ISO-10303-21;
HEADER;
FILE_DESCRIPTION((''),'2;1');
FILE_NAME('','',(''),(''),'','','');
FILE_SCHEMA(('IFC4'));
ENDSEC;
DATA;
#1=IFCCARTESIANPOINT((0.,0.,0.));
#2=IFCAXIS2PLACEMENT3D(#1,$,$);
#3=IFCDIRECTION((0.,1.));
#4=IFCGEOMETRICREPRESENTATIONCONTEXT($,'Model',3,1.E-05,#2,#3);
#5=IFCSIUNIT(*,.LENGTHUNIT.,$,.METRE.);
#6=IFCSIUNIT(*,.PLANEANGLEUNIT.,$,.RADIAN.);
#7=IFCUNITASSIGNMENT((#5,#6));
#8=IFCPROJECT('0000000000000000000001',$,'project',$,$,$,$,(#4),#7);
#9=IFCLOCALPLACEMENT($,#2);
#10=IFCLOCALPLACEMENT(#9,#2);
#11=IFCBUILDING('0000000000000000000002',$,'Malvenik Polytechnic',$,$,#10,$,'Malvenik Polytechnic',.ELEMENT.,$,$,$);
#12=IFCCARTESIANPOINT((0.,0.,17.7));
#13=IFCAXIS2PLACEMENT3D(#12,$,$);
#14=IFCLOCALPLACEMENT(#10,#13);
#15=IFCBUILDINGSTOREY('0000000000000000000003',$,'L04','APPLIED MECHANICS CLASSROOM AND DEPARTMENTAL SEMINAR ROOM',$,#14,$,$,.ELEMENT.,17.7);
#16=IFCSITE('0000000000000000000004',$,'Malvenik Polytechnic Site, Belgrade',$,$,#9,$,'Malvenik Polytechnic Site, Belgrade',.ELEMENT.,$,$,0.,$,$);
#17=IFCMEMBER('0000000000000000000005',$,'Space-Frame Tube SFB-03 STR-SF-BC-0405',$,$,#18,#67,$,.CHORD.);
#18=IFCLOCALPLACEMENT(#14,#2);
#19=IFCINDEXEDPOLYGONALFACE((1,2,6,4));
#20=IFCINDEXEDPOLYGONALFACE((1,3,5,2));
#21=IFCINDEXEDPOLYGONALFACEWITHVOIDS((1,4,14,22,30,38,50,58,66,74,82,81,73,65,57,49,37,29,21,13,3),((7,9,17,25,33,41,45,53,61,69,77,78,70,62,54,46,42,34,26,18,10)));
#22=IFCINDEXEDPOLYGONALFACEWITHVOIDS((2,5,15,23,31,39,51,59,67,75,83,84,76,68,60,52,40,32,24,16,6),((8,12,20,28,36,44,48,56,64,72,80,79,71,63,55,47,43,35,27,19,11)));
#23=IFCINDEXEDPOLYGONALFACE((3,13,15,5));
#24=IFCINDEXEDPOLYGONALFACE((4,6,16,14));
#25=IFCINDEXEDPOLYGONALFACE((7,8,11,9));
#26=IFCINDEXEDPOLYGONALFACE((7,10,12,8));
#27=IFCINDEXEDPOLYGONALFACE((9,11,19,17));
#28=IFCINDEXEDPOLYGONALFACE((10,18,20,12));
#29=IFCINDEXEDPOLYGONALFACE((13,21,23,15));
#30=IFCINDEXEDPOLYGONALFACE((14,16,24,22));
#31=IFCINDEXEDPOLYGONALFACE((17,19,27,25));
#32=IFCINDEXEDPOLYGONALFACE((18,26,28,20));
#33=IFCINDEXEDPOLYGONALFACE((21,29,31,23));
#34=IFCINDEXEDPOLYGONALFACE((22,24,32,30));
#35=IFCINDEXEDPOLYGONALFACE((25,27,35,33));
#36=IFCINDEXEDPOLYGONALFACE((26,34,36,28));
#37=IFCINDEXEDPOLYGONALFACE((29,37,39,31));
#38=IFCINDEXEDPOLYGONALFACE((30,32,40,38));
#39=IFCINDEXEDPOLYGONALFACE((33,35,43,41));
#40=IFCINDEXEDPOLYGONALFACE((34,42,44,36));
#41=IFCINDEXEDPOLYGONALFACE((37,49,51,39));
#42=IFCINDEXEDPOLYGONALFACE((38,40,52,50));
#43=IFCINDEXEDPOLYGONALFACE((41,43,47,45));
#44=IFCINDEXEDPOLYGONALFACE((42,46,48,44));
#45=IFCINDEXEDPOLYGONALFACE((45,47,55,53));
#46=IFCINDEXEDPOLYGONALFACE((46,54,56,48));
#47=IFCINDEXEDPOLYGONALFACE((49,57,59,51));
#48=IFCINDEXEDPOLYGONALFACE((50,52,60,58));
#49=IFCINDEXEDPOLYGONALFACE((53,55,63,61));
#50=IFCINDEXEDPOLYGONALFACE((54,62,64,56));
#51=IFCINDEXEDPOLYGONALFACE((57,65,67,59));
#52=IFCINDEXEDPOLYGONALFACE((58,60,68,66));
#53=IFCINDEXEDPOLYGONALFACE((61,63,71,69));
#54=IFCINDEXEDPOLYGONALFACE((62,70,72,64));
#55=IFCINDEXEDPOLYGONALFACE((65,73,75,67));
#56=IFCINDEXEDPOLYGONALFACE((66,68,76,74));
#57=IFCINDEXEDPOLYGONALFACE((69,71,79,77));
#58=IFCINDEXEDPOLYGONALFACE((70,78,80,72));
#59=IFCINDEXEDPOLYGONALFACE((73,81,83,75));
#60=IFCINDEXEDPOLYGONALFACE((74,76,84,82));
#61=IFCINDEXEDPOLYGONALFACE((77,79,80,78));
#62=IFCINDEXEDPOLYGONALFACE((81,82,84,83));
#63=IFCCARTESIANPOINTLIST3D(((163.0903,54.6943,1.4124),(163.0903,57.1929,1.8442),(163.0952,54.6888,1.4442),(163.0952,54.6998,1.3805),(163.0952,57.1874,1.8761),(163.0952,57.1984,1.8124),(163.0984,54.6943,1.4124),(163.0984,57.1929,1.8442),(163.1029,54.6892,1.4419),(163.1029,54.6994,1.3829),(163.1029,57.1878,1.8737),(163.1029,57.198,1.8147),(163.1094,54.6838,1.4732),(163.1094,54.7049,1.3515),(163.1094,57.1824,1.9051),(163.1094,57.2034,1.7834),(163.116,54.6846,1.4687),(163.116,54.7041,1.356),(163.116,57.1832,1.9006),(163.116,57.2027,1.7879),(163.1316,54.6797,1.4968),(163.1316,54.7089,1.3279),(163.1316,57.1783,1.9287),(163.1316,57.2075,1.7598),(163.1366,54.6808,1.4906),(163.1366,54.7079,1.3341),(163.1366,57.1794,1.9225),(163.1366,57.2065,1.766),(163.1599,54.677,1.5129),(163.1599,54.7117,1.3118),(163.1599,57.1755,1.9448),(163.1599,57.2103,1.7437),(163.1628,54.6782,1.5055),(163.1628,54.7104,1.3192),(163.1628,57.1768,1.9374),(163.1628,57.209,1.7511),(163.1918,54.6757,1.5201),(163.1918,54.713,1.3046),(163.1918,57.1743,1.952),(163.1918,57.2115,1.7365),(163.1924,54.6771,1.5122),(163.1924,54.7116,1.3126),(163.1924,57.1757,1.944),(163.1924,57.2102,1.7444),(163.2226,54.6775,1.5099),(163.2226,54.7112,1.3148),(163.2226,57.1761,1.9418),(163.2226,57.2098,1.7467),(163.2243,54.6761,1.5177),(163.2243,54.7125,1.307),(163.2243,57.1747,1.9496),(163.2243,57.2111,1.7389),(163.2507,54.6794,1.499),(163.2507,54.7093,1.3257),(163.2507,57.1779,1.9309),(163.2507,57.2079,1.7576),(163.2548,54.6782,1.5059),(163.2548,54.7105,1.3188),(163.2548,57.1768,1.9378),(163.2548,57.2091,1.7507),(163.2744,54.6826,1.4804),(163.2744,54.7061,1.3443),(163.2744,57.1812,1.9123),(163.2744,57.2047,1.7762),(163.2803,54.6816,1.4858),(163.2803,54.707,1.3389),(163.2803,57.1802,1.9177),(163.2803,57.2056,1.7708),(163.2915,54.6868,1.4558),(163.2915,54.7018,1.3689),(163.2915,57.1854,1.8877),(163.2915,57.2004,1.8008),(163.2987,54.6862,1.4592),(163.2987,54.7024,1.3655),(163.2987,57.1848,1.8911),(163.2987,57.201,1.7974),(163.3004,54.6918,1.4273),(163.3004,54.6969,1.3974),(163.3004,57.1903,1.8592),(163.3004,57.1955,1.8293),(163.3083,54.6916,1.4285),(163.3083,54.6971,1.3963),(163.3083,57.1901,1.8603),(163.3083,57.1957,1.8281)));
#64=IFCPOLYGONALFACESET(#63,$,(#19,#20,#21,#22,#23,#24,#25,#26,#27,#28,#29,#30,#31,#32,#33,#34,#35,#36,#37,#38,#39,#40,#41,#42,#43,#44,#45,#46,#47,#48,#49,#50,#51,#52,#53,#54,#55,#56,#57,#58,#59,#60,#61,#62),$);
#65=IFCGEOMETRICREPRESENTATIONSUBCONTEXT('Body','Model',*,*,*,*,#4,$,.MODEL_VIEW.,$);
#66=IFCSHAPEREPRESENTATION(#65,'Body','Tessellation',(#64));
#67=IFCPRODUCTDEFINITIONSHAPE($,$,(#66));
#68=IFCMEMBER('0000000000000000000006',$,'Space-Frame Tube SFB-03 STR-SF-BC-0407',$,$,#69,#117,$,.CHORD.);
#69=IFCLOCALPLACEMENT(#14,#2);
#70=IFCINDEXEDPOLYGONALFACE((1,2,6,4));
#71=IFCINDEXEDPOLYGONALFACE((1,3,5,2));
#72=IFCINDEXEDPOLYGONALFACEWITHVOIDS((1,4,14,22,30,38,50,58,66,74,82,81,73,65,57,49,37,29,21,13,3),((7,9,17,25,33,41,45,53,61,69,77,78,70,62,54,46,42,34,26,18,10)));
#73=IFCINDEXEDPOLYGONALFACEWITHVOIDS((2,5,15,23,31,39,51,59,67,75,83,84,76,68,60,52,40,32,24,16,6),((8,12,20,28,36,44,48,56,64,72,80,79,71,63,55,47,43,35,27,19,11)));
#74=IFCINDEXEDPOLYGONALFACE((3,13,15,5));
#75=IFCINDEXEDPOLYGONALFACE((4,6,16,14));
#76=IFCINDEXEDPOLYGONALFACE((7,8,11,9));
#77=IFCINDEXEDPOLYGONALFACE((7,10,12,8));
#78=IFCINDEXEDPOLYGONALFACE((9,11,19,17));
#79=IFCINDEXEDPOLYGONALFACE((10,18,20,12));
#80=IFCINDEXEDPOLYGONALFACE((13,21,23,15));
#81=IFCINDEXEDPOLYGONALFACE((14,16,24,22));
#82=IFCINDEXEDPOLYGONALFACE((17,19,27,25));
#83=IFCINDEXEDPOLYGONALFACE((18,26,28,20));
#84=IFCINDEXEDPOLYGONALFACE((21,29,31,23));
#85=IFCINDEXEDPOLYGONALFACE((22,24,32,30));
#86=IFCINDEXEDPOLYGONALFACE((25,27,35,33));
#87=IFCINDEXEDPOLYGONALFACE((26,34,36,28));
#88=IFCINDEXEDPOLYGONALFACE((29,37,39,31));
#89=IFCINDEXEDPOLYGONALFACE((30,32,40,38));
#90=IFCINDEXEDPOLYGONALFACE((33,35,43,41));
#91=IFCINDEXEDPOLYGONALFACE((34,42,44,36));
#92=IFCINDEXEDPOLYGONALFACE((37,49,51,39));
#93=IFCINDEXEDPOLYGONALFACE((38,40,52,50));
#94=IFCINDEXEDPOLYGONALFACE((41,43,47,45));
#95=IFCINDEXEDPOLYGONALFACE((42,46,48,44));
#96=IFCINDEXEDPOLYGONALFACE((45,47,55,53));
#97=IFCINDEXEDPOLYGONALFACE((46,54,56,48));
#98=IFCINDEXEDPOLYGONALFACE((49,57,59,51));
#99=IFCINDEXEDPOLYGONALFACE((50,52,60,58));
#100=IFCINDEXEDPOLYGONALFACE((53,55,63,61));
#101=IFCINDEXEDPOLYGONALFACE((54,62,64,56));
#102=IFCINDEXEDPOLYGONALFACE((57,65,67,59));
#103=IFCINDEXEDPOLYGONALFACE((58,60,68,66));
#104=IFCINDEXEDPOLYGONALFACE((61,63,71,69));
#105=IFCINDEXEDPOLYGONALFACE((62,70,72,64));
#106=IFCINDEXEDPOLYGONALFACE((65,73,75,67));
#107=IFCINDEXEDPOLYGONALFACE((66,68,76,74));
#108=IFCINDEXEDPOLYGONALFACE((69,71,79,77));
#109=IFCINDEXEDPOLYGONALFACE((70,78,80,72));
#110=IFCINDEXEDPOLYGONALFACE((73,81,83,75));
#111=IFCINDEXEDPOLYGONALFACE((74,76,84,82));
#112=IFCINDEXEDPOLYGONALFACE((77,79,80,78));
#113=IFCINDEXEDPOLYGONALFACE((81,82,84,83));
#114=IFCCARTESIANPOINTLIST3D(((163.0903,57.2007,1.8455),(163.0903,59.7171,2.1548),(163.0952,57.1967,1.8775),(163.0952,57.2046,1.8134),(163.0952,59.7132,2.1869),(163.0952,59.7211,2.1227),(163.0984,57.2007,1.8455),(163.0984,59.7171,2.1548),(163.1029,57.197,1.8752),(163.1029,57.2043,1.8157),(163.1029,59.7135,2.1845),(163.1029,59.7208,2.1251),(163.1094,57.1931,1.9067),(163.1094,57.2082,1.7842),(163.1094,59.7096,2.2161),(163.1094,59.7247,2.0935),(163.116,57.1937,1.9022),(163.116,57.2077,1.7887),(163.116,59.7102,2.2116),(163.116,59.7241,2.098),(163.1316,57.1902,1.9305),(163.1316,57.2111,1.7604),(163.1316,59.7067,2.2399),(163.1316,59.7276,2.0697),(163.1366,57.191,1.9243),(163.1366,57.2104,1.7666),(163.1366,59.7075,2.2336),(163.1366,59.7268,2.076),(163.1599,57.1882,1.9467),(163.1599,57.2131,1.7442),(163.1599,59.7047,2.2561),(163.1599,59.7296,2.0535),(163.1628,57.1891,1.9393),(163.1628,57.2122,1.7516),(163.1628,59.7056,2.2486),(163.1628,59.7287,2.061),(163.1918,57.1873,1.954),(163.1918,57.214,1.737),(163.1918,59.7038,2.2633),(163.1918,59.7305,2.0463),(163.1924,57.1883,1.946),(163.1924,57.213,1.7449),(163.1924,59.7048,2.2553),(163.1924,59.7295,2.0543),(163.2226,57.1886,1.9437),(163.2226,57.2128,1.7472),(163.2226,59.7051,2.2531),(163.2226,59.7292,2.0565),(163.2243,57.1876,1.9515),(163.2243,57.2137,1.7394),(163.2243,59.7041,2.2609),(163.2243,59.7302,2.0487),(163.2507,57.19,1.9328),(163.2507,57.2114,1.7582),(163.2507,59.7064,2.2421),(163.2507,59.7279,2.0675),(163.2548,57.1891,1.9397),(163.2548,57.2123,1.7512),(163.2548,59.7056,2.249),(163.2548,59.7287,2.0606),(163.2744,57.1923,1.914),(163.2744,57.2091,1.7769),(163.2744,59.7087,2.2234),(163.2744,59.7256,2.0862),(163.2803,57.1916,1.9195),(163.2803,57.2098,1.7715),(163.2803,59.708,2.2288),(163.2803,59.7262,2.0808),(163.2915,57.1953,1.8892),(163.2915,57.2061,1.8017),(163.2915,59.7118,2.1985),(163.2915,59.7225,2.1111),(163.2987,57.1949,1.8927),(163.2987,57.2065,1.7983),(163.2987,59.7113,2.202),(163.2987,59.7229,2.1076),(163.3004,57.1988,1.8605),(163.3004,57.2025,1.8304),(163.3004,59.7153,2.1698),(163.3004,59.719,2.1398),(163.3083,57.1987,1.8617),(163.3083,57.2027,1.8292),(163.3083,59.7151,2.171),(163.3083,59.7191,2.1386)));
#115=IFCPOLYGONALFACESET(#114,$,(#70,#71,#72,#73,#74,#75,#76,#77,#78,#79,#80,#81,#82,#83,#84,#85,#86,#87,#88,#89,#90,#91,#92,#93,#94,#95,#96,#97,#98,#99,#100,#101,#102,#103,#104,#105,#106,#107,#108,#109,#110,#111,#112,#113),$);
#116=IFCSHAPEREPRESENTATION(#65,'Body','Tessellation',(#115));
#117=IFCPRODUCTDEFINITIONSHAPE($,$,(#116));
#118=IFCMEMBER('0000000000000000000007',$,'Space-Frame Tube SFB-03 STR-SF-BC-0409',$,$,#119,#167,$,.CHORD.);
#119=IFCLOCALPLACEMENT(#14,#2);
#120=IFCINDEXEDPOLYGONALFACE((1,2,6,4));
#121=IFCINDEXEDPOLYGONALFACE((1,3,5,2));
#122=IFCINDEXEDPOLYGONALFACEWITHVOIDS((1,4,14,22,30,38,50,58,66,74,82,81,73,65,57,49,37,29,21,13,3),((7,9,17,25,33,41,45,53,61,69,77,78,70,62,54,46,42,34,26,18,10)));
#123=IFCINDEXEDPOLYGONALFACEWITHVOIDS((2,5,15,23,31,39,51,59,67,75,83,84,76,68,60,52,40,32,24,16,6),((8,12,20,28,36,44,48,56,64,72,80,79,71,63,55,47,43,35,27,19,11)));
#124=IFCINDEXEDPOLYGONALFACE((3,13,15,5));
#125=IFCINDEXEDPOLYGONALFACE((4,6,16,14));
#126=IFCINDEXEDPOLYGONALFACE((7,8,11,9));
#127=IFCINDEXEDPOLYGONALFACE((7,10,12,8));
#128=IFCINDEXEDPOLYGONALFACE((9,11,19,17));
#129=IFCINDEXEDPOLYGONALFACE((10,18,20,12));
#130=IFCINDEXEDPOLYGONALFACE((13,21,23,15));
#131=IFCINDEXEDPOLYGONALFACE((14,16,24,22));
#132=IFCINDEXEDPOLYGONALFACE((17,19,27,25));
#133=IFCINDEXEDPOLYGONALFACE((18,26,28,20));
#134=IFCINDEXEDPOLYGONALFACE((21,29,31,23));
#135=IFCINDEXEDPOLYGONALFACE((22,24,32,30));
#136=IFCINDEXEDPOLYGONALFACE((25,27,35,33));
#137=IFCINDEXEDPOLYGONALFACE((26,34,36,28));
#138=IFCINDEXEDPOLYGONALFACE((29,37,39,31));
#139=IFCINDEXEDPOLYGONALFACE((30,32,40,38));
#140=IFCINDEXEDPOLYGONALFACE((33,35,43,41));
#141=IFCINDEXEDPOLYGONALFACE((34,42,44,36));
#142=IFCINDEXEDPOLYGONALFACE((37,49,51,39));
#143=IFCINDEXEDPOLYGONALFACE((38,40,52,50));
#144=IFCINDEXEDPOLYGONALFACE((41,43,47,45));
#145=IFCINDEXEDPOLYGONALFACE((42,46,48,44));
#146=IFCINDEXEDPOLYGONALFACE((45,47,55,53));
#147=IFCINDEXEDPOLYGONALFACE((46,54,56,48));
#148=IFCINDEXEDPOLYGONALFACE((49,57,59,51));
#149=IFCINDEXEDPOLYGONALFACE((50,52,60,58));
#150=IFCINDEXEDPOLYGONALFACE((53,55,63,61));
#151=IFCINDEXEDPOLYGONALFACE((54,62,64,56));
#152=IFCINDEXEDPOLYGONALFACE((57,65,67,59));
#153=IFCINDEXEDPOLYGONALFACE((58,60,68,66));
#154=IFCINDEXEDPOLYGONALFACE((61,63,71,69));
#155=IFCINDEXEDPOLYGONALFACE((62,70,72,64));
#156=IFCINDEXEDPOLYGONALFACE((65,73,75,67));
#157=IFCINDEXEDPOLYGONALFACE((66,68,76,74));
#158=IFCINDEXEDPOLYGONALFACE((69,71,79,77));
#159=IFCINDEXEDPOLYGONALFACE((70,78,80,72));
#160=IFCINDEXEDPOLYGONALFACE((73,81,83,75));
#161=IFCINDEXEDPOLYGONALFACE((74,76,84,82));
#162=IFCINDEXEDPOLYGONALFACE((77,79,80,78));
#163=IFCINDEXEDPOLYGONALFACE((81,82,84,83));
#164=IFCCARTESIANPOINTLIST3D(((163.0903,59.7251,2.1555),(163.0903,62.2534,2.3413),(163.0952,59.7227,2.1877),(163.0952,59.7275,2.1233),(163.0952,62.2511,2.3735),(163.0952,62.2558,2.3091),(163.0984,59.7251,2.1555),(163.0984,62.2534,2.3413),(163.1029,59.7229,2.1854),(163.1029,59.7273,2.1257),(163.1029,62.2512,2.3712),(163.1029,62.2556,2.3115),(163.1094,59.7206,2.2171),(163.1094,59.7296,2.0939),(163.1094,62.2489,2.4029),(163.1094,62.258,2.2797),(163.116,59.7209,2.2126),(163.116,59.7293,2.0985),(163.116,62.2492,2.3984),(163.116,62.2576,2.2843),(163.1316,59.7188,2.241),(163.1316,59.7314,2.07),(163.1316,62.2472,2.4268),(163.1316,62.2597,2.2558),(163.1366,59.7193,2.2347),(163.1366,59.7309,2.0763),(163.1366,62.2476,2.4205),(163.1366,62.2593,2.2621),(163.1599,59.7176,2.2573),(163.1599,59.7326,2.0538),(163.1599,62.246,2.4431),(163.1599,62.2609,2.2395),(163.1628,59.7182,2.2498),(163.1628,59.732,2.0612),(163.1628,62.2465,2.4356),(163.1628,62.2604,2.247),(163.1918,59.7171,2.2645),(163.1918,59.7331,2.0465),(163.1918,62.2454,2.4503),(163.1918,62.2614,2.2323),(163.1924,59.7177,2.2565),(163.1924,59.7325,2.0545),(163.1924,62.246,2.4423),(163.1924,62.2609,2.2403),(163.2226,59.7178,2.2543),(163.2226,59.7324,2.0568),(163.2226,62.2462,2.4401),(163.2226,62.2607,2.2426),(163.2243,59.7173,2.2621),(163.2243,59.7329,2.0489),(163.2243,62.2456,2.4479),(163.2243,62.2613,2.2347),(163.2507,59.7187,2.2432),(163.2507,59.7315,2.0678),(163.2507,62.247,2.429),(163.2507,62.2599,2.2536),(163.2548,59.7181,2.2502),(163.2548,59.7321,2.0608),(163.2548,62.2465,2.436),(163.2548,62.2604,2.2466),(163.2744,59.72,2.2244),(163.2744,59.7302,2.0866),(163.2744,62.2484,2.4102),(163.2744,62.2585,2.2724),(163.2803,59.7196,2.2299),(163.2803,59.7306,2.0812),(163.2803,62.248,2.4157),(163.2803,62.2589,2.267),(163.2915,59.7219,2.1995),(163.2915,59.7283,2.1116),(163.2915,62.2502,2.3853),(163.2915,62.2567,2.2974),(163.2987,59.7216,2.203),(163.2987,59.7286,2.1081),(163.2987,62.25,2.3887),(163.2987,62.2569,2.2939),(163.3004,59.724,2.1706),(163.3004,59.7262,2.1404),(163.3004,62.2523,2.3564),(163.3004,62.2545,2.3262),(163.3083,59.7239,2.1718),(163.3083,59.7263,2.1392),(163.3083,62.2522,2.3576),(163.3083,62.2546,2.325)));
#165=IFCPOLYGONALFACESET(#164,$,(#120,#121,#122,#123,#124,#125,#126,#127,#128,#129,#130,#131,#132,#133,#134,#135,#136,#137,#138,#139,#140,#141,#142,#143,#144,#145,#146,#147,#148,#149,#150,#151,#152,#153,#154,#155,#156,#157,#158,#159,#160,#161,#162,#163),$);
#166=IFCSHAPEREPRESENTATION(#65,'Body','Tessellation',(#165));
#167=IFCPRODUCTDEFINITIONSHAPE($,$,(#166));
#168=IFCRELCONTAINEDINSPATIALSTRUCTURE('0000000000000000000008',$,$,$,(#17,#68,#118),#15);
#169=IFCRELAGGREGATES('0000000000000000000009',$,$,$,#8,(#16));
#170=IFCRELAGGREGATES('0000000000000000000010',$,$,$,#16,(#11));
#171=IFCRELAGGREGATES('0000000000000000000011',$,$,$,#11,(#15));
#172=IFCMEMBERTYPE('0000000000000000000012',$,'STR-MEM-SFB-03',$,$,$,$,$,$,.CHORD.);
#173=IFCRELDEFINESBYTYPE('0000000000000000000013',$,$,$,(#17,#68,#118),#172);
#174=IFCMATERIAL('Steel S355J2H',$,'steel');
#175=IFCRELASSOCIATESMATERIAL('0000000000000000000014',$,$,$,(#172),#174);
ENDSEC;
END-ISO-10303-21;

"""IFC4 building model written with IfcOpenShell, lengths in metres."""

from ifc_helpers import new_model, si_unit, direction, frame, origin, origin_2d, place, context, subcontext, project, spatial, hollow_circle, extrude, material, material_profile, profile_set, type_object, element, save


model = new_model("IFC4")

# Units and contexts
model_context = context("Model", 3, precision=1e-05, world=origin(), true_north=direction((0.0, 1.0)))
body_context = subcontext(model_context, "Body", "Model", "MODEL_VIEW")
ifc_project = project(units=[si_unit("LENGTHUNIT", "METRE"), si_unit("PLANEANGLEUNIT", "RADIAN")], contexts=[model_context])

# Site, building, storey
site_placement = place(None, origin())
site = spatial("IfcSite", under=ifc_project, at=site_placement, Name="Malvenik Polytechnic Site, Belgrade", LongName="Malvenik Polytechnic Site, Belgrade", CompositionType="ELEMENT", RefElevation=0.0)
building_placement = place(site_placement, origin())
building = spatial("IfcBuilding", under=site, at=building_placement, Name="Malvenik Polytechnic", LongName="Malvenik Polytechnic", CompositionType="ELEMENT")
storey_placement = place(building_placement, frame((0.0, 0.0, 17.7)))
storey = spatial("IfcBuildingStorey", under=building, at=storey_placement, Name="L04", Description="APPLIED MECHANICS CLASSROOM AND DEPARTMENTAL SEMINAR ROOM", CompositionType="ELEMENT", Elevation=17.7)

# Members
ifc_material_1 = material(Name="Steel S355J2H", Category="steel")
ifc_material_profile_1 = material_profile(ifc_material_1, hollow_circle(Radius=0.1096, WallThickness=0.0081, at=origin_2d()), Name="CHS 219.1x8.0")
ifc_profile_set_1 = profile_set([ifc_material_profile_1], Name="Steel S355J2H")
member_type_1 = type_object("IfcMemberType", Name="STR-MEM-SFB-03", PredefinedType="CHORD", material=ifc_profile_set_1)
member_1_placement = place(storey_placement, frame((163.2, 54.6943, 1.4124), z_axis=(0.0, 0.985387, 0.170329), x_axis=(-1.0, 0.0, 0.0)))
element("IfcMember", 1, at=member_1_placement, inside=storey, type_object=member_type_1, Name="Space-Frame Tube SFB-03 STR-SF-BC-0405", PredefinedType="CHORD", context=body_context, shape_type="SweptSolid", body=[
    extrude(hollow_circle(Radius=0.1096, WallThickness=0.0081, at=origin_2d()), origin(), (0.0, 0.0, 1.0), 2.5356),
])
member_2_placement = place(storey_placement, frame((163.2, 57.2007, 1.8455), z_axis=(0.0, 0.992529, 0.122008), x_axis=(-1.0, 0.0, 0.0)))
element("IfcMember", 2, at=member_2_placement, inside=storey, type_object=member_type_1, Name="Space-Frame Tube SFB-03 STR-SF-BC-0407", PredefinedType="CHORD", context=body_context, shape_type="SweptSolid", body=[
    extrude(hollow_circle(Radius=0.1096, WallThickness=0.0081, at=origin_2d()), origin(), (0.0, 0.0, 1.0), 2.5354),
])
for number, where, z_axis, x_axis, name in (
    (3, (163.2, 59.7251, 2.1555), (0.0, 0.997311, 0.073286), (-1.0, 0.0, 0.0), "Space-Frame Tube SFB-03 STR-SF-BC-0409"),
):
    element("IfcMember", number, at=place(storey_placement, frame(where, z_axis=z_axis, x_axis=x_axis)), inside=storey, type_object=member_type_1, Name=name, PredefinedType="CHORD", context=body_context, shape_type="SweptSolid", body=[
        extrude(hollow_circle(Radius=0.1096, WallThickness=0.0081, at=origin_2d()), origin(), (0.0, 0.0, 1.0), 2.5352),
    ])

save(model, "model.ifc")
